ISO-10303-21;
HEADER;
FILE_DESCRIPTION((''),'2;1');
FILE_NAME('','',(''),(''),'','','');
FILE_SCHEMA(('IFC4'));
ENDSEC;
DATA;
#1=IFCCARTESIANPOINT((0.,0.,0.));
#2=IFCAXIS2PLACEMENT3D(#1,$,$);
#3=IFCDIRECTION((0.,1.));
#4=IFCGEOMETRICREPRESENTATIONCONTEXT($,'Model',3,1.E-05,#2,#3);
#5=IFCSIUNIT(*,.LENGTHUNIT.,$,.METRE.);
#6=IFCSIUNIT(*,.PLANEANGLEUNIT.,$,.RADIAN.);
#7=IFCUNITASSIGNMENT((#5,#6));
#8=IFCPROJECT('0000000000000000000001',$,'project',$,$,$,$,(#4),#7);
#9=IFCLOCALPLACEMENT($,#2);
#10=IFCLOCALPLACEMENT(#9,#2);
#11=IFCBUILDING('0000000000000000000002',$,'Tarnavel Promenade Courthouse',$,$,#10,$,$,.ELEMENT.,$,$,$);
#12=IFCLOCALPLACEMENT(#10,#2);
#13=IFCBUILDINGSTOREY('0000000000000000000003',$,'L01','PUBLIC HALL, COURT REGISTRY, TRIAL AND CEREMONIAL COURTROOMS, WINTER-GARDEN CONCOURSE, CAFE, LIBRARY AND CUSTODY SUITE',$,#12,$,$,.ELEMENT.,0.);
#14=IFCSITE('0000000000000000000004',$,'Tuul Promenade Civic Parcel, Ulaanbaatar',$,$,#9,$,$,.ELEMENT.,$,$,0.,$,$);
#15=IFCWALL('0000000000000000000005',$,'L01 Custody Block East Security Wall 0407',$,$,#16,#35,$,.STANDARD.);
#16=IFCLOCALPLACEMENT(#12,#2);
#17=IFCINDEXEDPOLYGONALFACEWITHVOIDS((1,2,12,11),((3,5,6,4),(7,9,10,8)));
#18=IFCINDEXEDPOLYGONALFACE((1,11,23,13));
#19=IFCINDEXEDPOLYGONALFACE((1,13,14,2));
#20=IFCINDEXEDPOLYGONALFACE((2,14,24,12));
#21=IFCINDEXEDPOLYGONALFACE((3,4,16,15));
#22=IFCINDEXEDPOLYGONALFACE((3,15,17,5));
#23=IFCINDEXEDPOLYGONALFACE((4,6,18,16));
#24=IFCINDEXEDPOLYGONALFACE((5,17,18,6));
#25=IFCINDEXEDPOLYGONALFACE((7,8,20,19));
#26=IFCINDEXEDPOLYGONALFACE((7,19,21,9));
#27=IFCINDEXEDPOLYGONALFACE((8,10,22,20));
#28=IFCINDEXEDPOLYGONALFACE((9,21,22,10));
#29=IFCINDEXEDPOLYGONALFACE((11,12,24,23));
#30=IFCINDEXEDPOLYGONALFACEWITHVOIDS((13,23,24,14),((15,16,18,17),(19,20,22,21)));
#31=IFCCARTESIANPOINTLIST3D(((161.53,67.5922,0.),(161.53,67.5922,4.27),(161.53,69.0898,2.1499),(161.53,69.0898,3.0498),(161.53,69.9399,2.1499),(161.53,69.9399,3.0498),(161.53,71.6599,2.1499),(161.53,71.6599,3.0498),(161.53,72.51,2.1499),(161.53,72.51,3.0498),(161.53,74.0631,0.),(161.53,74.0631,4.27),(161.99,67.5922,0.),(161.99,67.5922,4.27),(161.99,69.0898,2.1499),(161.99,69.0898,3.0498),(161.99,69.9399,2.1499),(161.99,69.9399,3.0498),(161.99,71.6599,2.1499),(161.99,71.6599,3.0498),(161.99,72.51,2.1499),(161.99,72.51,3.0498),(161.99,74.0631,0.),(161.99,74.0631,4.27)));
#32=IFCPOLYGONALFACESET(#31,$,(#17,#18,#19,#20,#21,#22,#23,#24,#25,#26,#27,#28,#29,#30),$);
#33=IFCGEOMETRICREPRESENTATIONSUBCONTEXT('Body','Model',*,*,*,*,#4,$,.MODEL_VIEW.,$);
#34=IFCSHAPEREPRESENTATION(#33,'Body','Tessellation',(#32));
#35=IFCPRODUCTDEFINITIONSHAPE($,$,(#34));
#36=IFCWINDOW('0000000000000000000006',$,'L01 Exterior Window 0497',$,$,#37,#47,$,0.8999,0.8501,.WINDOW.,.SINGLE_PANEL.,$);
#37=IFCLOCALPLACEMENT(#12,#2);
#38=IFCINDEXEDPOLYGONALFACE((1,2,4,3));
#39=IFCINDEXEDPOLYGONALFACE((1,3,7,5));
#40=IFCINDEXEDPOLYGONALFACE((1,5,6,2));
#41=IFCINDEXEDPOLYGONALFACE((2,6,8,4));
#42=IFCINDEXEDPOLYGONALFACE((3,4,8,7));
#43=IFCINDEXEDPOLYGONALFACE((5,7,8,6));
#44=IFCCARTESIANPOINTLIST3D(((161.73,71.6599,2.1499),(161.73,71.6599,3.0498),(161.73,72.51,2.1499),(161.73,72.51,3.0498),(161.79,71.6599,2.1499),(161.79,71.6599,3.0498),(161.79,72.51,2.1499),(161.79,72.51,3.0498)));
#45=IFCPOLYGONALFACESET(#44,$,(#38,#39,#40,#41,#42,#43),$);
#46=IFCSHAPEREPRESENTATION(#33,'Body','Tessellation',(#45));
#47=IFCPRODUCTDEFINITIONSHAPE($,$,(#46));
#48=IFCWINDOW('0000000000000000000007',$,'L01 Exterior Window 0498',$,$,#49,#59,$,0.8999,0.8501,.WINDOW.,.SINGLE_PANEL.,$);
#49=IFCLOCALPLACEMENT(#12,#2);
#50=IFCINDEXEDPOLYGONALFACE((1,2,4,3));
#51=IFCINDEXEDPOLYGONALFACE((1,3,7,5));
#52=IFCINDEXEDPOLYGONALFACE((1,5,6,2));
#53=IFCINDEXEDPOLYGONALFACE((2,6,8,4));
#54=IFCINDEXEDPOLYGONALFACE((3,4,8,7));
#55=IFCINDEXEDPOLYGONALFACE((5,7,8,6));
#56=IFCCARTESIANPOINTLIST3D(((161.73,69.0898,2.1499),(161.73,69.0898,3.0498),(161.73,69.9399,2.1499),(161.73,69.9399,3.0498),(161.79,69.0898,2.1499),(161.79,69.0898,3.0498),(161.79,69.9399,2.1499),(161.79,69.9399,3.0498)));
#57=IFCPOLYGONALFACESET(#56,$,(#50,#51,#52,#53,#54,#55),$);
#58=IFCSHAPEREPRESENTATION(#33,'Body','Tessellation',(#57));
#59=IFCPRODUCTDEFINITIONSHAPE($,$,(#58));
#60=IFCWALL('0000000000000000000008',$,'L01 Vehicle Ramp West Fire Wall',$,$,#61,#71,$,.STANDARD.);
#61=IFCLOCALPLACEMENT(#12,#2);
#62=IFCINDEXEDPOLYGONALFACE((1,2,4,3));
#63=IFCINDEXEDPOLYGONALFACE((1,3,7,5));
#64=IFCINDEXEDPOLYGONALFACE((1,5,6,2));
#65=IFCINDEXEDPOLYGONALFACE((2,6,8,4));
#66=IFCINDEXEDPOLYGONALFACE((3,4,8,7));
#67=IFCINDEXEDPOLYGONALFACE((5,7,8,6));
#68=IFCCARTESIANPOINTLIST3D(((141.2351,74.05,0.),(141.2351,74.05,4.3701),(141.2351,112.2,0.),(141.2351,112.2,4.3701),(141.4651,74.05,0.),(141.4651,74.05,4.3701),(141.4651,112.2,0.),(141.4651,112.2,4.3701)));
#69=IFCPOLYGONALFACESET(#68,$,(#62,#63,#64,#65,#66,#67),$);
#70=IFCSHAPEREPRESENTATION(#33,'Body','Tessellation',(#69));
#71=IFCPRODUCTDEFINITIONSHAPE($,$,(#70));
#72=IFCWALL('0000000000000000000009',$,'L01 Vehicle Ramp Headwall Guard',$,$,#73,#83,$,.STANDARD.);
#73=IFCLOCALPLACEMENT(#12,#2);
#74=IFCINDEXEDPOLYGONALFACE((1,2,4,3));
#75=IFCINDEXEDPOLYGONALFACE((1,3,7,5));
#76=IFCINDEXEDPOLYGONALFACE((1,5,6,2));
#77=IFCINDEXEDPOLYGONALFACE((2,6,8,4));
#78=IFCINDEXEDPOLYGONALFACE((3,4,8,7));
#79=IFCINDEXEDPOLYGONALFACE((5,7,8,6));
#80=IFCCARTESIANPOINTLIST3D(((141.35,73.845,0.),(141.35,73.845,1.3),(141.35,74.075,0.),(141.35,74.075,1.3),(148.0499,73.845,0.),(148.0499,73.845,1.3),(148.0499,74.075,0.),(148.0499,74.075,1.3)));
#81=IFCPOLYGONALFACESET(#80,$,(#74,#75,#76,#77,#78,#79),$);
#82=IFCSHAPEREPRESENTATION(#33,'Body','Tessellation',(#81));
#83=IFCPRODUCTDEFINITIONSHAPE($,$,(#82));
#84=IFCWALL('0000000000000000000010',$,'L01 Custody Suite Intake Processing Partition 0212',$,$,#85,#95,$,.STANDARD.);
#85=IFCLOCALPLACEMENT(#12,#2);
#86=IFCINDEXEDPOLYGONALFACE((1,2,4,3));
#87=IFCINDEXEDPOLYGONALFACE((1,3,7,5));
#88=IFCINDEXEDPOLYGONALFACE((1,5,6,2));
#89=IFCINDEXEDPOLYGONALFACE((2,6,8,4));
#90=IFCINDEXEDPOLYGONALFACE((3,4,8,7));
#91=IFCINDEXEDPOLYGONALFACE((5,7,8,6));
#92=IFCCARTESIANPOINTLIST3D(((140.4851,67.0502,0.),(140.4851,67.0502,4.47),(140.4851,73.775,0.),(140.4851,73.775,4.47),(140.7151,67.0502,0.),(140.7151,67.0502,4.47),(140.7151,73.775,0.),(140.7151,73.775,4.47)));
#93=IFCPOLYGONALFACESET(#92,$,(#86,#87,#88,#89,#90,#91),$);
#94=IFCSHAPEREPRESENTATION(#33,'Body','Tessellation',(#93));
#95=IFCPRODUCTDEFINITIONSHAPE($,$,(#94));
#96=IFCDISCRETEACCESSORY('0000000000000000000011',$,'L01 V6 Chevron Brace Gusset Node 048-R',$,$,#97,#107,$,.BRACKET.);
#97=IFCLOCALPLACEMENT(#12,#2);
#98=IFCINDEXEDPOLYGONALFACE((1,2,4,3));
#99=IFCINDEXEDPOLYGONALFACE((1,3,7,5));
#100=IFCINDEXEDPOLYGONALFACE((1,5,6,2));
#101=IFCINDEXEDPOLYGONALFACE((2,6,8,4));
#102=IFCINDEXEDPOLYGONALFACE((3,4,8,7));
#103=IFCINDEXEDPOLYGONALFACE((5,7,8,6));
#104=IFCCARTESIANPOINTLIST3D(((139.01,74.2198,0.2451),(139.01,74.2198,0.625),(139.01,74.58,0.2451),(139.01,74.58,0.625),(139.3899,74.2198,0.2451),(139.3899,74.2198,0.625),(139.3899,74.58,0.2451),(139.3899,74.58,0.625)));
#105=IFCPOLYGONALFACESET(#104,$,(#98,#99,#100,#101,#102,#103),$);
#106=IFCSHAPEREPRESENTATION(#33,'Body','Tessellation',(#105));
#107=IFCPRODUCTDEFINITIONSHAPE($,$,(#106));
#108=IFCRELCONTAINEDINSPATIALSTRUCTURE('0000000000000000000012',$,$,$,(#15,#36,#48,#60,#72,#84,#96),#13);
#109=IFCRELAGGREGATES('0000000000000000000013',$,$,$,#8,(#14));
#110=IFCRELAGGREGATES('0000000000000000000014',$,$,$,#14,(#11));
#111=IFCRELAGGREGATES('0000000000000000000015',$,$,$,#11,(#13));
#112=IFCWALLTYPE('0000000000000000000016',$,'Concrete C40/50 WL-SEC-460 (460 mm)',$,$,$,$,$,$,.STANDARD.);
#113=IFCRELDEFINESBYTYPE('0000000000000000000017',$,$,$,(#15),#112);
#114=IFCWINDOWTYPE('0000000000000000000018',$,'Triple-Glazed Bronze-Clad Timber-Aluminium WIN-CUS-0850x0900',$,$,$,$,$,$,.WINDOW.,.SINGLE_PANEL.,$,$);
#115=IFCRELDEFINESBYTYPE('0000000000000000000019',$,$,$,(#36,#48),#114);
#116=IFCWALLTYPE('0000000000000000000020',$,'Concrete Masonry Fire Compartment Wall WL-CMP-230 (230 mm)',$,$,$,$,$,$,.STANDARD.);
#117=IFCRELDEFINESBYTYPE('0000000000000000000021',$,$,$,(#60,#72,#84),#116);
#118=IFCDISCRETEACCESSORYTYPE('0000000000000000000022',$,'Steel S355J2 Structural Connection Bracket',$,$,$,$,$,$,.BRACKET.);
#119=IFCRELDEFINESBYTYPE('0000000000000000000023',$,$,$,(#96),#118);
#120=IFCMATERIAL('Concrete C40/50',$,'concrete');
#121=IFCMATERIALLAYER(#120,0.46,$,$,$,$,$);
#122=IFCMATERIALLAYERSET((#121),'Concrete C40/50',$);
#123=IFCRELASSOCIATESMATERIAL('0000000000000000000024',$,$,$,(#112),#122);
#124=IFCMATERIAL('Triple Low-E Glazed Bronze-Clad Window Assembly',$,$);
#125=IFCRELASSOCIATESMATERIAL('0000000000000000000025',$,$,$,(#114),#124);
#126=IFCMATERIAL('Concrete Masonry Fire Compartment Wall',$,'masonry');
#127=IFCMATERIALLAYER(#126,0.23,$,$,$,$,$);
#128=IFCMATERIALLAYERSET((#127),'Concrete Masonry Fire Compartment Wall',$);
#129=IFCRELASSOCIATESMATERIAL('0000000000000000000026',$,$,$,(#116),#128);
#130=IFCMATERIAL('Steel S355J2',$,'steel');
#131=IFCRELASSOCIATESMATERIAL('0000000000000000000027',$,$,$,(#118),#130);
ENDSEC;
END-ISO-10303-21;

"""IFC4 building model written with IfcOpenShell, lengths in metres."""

from ifc_helpers import new_model, si_unit, direction, frame, frame_2d, origin, origin_2d, place, context, subcontext, project, spatial, rectangle, extrude, material, layer, layer_set, type_object, element, fill, save


model = new_model("IFC4")

# Units and contexts
model_context = context("Model", 3, precision=1e-05, world=origin(), true_north=direction((0.0, 1.0)))
body_context = subcontext(model_context, "Body", "Model", "MODEL_VIEW")
ifc_project = project(units=[si_unit("LENGTHUNIT", "METRE"), si_unit("PLANEANGLEUNIT", "RADIAN")], contexts=[model_context])

# Site, building, storey
site_placement = place(None, origin())
site = spatial("IfcSite", under=ifc_project, at=site_placement, Name="Tuul Promenade Civic Parcel, Ulaanbaatar", CompositionType="ELEMENT", RefElevation=0.0)
building_placement = place(site_placement, origin())
building = spatial("IfcBuilding", under=site, at=building_placement, Name="Tarnavel Promenade Courthouse", CompositionType="ELEMENT")
storey_placement = place(building_placement, origin())
storey = spatial("IfcBuildingStorey", under=building, at=storey_placement, Name="L01", Description="PUBLIC HALL, COURT REGISTRY, TRIAL AND CEREMONIAL COURTROOMS, WINTER-GARDEN CONCOURSE, CAFE, LIBRARY AND CUSTODY SUITE", CompositionType="ELEMENT", Elevation=0.0)

# Shared definitions
ifc_material_1 = material(Name="Concrete C40/50", Category="concrete")

# Shared definitions
ifc_material_2 = material(Name="Steel S355J2", Category="steel")

# Wall, openings, windows
ifc_layer_1 = layer(ifc_material_1, 0.46)
ifc_layer_set_1 = layer_set([ifc_layer_1], Name="Concrete C40/50")
wall_type_1 = type_object("IfcWallType", Name="Concrete C40/50 WL-SEC-460 (460 mm)", PredefinedType="STANDARD", material=ifc_layer_set_1)
wall_1_placement = place(storey_placement, frame((161.76, 74.063, 0.0), z_axis=(0.0, 0.0, 1.0), x_axis=(0.0, -1.0, 0.0)))
wall_1 = element("IfcWall", 1, at=wall_1_placement, inside=storey, type_object=wall_type_1, Name="L01 Custody Block East Security Wall 0407", PredefinedType="STANDARD", context=body_context, shape_type="SweptSolid", body=[
    extrude(rectangle(XDim=6.4709, YDim=0.46, at=frame_2d((3.2354, 0.0))), origin(), (0.0, 0.0, 1.0), 4.27),
])
opening_1_placement = place(wall_1_placement, frame((1.553, 0.0, 2.1499)))
opening_1 = element("IfcOpeningElement", 2, at=opening_1_placement, cuts=wall_1, PredefinedType="OPENING", context=body_context, shape_type="SweptSolid", body=[
    extrude(rectangle(XDim=0.8501, YDim=0.8999, at=frame_2d((0.425, 0.45))), frame((0.0, 0.24, 0.0), z_axis=(0.0, -1.0, 0.0), x_axis=(1.0, 0.0, 0.0)), (0.0, 0.0, 1.0), 0.48),
])
opening_2_placement = place(wall_1_placement, frame((4.123, 0.0, 2.1499)))
opening_2 = element("IfcOpeningElement", 3, at=opening_2_placement, cuts=wall_1, PredefinedType="OPENING", context=body_context, shape_type="SweptSolid", body=[
    extrude(rectangle(XDim=0.8501, YDim=0.8999, at=frame_2d((0.425, 0.45))), frame((0.0, 0.24, 0.0), z_axis=(0.0, -1.0, 0.0), x_axis=(1.0, 0.0, 0.0)), (0.0, 0.0, 1.0), 0.48),
])
ifc_material_3 = material(Name="Triple Low-E Glazed Bronze-Clad Window Assembly")
window_type = type_object("IfcWindowType", Name="Triple-Glazed Bronze-Clad Timber-Aluminium WIN-CUS-0850x0900", PartitioningType="SINGLE_PANEL", PredefinedType="WINDOW", material=ifc_material_3)
window_1_placement = place(opening_1_placement, origin())
window_1 = element("IfcWindow", 4, at=window_1_placement, inside=storey, type_object=window_type, Name="L01 Exterior Window 0497", OverallHeight=0.8999, OverallWidth=0.8501, PartitioningType="SINGLE_PANEL", PredefinedType="WINDOW", context=body_context, shape_type="SweptSolid", body=[
    extrude(rectangle(XDim=0.8501, YDim=0.8999, at=frame_2d((0.425, 0.45))), frame((0.0, 0.03, 0.0), z_axis=(0.0, -1.0, 0.0), x_axis=(1.0, 0.0, 0.0)), (0.0, 0.0, 1.0), 0.0601),
])
fill(opening_1, window_1)
window_2_placement = place(opening_2_placement, origin())
window_2 = element("IfcWindow", 5, at=window_2_placement, inside=storey, type_object=window_type, Name="L01 Exterior Window 0498", OverallHeight=0.8999, OverallWidth=0.8501, PartitioningType="SINGLE_PANEL", PredefinedType="WINDOW", context=body_context, shape_type="SweptSolid", body=[
    extrude(rectangle(XDim=0.8501, YDim=0.8999, at=frame_2d((0.425, 0.45))), frame((0.0, 0.03, 0.0), z_axis=(0.0, -1.0, 0.0), x_axis=(1.0, 0.0, 0.0)), (0.0, 0.0, 1.0), 0.0601),
])
fill(opening_2, window_2)

# Walls
ifc_material_4 = material(Name="Concrete Masonry Fire Compartment Wall", Category="masonry")
ifc_layer_2 = layer(ifc_material_4, 0.23)
ifc_layer_set_2 = layer_set([ifc_layer_2], Name="Concrete Masonry Fire Compartment Wall")
wall_type_2 = type_object("IfcWallType", Name="Concrete Masonry Fire Compartment Wall WL-CMP-230 (230 mm)", PredefinedType="STANDARD", material=ifc_layer_set_2)
wall_2_placement = place(storey_placement, frame((141.3501, 74.05, 0.0), z_axis=(0.0, 0.0, 1.0), x_axis=(0.0, 1.0, 0.0)))
element("IfcWall", 6, at=wall_2_placement, inside=storey, type_object=wall_type_2, Name="L01 Vehicle Ramp West Fire Wall", PredefinedType="STANDARD", context=body_context, shape_type="SweptSolid", body=[
    extrude(rectangle(XDim=38.1499, YDim=0.23, at=frame_2d((19.075, 0.0))), origin(), (0.0, 0.0, 1.0), 4.3701),
])
wall_3_placement = place(storey_placement, frame((148.05, 73.96, 0.0), z_axis=(0.0, 0.0, 1.0), x_axis=(-1.0, 0.0, 0.0)))
element("IfcWall", 7, at=wall_3_placement, inside=storey, type_object=wall_type_2, Name="L01 Vehicle Ramp Headwall Guard", PredefinedType="STANDARD", context=body_context, shape_type="SweptSolid", body=[
    extrude(rectangle(XDim=6.7, YDim=0.23, at=frame_2d((3.3501, 0.0))), origin(), (0.0, 0.0, 1.0), 1.3),
])
wall_4_placement = place(storey_placement, frame((140.6001, 73.7749, 0.0), z_axis=(0.0, 0.0, 1.0), x_axis=(0.0, -1.0, 0.0)))
element("IfcWall", 8, at=wall_4_placement, inside=storey, type_object=wall_type_2, Name="L01 Custody Suite Intake Processing Partition 0212", PredefinedType="STANDARD", context=body_context, shape_type="SweptSolid", body=[
    extrude(rectangle(XDim=6.7249, YDim=0.23, at=frame_2d((3.3623, 0.0))), origin(), (0.0, 0.0, 1.0), 4.47),
])

# Discrete accessory
discrete_accessory_type = type_object("IfcDiscreteAccessoryType", Name="Steel S355J2 Structural Connection Bracket", PredefinedType="BRACKET", material=ifc_material_2)
discrete_accessory_placement = place(storey_placement, frame((139.2, 74.3999, 0.2451), z_axis=(0.0, 0.0, 1.0), x_axis=(1.0, 0.0, 0.0)))
element("IfcDiscreteAccessory", 9, at=discrete_accessory_placement, inside=storey, type_object=discrete_accessory_type, Name="L01 V6 Chevron Brace Gusset Node 048-R", PredefinedType="BRACKET", context=body_context, shape_type="SweptSolid", body=[
    extrude(rectangle(XDim=0.3799, YDim=0.3601, at=origin_2d()), origin(), (0.0, 0.0, 1.0), 0.3799),
])

save(model, "model.ifc")
